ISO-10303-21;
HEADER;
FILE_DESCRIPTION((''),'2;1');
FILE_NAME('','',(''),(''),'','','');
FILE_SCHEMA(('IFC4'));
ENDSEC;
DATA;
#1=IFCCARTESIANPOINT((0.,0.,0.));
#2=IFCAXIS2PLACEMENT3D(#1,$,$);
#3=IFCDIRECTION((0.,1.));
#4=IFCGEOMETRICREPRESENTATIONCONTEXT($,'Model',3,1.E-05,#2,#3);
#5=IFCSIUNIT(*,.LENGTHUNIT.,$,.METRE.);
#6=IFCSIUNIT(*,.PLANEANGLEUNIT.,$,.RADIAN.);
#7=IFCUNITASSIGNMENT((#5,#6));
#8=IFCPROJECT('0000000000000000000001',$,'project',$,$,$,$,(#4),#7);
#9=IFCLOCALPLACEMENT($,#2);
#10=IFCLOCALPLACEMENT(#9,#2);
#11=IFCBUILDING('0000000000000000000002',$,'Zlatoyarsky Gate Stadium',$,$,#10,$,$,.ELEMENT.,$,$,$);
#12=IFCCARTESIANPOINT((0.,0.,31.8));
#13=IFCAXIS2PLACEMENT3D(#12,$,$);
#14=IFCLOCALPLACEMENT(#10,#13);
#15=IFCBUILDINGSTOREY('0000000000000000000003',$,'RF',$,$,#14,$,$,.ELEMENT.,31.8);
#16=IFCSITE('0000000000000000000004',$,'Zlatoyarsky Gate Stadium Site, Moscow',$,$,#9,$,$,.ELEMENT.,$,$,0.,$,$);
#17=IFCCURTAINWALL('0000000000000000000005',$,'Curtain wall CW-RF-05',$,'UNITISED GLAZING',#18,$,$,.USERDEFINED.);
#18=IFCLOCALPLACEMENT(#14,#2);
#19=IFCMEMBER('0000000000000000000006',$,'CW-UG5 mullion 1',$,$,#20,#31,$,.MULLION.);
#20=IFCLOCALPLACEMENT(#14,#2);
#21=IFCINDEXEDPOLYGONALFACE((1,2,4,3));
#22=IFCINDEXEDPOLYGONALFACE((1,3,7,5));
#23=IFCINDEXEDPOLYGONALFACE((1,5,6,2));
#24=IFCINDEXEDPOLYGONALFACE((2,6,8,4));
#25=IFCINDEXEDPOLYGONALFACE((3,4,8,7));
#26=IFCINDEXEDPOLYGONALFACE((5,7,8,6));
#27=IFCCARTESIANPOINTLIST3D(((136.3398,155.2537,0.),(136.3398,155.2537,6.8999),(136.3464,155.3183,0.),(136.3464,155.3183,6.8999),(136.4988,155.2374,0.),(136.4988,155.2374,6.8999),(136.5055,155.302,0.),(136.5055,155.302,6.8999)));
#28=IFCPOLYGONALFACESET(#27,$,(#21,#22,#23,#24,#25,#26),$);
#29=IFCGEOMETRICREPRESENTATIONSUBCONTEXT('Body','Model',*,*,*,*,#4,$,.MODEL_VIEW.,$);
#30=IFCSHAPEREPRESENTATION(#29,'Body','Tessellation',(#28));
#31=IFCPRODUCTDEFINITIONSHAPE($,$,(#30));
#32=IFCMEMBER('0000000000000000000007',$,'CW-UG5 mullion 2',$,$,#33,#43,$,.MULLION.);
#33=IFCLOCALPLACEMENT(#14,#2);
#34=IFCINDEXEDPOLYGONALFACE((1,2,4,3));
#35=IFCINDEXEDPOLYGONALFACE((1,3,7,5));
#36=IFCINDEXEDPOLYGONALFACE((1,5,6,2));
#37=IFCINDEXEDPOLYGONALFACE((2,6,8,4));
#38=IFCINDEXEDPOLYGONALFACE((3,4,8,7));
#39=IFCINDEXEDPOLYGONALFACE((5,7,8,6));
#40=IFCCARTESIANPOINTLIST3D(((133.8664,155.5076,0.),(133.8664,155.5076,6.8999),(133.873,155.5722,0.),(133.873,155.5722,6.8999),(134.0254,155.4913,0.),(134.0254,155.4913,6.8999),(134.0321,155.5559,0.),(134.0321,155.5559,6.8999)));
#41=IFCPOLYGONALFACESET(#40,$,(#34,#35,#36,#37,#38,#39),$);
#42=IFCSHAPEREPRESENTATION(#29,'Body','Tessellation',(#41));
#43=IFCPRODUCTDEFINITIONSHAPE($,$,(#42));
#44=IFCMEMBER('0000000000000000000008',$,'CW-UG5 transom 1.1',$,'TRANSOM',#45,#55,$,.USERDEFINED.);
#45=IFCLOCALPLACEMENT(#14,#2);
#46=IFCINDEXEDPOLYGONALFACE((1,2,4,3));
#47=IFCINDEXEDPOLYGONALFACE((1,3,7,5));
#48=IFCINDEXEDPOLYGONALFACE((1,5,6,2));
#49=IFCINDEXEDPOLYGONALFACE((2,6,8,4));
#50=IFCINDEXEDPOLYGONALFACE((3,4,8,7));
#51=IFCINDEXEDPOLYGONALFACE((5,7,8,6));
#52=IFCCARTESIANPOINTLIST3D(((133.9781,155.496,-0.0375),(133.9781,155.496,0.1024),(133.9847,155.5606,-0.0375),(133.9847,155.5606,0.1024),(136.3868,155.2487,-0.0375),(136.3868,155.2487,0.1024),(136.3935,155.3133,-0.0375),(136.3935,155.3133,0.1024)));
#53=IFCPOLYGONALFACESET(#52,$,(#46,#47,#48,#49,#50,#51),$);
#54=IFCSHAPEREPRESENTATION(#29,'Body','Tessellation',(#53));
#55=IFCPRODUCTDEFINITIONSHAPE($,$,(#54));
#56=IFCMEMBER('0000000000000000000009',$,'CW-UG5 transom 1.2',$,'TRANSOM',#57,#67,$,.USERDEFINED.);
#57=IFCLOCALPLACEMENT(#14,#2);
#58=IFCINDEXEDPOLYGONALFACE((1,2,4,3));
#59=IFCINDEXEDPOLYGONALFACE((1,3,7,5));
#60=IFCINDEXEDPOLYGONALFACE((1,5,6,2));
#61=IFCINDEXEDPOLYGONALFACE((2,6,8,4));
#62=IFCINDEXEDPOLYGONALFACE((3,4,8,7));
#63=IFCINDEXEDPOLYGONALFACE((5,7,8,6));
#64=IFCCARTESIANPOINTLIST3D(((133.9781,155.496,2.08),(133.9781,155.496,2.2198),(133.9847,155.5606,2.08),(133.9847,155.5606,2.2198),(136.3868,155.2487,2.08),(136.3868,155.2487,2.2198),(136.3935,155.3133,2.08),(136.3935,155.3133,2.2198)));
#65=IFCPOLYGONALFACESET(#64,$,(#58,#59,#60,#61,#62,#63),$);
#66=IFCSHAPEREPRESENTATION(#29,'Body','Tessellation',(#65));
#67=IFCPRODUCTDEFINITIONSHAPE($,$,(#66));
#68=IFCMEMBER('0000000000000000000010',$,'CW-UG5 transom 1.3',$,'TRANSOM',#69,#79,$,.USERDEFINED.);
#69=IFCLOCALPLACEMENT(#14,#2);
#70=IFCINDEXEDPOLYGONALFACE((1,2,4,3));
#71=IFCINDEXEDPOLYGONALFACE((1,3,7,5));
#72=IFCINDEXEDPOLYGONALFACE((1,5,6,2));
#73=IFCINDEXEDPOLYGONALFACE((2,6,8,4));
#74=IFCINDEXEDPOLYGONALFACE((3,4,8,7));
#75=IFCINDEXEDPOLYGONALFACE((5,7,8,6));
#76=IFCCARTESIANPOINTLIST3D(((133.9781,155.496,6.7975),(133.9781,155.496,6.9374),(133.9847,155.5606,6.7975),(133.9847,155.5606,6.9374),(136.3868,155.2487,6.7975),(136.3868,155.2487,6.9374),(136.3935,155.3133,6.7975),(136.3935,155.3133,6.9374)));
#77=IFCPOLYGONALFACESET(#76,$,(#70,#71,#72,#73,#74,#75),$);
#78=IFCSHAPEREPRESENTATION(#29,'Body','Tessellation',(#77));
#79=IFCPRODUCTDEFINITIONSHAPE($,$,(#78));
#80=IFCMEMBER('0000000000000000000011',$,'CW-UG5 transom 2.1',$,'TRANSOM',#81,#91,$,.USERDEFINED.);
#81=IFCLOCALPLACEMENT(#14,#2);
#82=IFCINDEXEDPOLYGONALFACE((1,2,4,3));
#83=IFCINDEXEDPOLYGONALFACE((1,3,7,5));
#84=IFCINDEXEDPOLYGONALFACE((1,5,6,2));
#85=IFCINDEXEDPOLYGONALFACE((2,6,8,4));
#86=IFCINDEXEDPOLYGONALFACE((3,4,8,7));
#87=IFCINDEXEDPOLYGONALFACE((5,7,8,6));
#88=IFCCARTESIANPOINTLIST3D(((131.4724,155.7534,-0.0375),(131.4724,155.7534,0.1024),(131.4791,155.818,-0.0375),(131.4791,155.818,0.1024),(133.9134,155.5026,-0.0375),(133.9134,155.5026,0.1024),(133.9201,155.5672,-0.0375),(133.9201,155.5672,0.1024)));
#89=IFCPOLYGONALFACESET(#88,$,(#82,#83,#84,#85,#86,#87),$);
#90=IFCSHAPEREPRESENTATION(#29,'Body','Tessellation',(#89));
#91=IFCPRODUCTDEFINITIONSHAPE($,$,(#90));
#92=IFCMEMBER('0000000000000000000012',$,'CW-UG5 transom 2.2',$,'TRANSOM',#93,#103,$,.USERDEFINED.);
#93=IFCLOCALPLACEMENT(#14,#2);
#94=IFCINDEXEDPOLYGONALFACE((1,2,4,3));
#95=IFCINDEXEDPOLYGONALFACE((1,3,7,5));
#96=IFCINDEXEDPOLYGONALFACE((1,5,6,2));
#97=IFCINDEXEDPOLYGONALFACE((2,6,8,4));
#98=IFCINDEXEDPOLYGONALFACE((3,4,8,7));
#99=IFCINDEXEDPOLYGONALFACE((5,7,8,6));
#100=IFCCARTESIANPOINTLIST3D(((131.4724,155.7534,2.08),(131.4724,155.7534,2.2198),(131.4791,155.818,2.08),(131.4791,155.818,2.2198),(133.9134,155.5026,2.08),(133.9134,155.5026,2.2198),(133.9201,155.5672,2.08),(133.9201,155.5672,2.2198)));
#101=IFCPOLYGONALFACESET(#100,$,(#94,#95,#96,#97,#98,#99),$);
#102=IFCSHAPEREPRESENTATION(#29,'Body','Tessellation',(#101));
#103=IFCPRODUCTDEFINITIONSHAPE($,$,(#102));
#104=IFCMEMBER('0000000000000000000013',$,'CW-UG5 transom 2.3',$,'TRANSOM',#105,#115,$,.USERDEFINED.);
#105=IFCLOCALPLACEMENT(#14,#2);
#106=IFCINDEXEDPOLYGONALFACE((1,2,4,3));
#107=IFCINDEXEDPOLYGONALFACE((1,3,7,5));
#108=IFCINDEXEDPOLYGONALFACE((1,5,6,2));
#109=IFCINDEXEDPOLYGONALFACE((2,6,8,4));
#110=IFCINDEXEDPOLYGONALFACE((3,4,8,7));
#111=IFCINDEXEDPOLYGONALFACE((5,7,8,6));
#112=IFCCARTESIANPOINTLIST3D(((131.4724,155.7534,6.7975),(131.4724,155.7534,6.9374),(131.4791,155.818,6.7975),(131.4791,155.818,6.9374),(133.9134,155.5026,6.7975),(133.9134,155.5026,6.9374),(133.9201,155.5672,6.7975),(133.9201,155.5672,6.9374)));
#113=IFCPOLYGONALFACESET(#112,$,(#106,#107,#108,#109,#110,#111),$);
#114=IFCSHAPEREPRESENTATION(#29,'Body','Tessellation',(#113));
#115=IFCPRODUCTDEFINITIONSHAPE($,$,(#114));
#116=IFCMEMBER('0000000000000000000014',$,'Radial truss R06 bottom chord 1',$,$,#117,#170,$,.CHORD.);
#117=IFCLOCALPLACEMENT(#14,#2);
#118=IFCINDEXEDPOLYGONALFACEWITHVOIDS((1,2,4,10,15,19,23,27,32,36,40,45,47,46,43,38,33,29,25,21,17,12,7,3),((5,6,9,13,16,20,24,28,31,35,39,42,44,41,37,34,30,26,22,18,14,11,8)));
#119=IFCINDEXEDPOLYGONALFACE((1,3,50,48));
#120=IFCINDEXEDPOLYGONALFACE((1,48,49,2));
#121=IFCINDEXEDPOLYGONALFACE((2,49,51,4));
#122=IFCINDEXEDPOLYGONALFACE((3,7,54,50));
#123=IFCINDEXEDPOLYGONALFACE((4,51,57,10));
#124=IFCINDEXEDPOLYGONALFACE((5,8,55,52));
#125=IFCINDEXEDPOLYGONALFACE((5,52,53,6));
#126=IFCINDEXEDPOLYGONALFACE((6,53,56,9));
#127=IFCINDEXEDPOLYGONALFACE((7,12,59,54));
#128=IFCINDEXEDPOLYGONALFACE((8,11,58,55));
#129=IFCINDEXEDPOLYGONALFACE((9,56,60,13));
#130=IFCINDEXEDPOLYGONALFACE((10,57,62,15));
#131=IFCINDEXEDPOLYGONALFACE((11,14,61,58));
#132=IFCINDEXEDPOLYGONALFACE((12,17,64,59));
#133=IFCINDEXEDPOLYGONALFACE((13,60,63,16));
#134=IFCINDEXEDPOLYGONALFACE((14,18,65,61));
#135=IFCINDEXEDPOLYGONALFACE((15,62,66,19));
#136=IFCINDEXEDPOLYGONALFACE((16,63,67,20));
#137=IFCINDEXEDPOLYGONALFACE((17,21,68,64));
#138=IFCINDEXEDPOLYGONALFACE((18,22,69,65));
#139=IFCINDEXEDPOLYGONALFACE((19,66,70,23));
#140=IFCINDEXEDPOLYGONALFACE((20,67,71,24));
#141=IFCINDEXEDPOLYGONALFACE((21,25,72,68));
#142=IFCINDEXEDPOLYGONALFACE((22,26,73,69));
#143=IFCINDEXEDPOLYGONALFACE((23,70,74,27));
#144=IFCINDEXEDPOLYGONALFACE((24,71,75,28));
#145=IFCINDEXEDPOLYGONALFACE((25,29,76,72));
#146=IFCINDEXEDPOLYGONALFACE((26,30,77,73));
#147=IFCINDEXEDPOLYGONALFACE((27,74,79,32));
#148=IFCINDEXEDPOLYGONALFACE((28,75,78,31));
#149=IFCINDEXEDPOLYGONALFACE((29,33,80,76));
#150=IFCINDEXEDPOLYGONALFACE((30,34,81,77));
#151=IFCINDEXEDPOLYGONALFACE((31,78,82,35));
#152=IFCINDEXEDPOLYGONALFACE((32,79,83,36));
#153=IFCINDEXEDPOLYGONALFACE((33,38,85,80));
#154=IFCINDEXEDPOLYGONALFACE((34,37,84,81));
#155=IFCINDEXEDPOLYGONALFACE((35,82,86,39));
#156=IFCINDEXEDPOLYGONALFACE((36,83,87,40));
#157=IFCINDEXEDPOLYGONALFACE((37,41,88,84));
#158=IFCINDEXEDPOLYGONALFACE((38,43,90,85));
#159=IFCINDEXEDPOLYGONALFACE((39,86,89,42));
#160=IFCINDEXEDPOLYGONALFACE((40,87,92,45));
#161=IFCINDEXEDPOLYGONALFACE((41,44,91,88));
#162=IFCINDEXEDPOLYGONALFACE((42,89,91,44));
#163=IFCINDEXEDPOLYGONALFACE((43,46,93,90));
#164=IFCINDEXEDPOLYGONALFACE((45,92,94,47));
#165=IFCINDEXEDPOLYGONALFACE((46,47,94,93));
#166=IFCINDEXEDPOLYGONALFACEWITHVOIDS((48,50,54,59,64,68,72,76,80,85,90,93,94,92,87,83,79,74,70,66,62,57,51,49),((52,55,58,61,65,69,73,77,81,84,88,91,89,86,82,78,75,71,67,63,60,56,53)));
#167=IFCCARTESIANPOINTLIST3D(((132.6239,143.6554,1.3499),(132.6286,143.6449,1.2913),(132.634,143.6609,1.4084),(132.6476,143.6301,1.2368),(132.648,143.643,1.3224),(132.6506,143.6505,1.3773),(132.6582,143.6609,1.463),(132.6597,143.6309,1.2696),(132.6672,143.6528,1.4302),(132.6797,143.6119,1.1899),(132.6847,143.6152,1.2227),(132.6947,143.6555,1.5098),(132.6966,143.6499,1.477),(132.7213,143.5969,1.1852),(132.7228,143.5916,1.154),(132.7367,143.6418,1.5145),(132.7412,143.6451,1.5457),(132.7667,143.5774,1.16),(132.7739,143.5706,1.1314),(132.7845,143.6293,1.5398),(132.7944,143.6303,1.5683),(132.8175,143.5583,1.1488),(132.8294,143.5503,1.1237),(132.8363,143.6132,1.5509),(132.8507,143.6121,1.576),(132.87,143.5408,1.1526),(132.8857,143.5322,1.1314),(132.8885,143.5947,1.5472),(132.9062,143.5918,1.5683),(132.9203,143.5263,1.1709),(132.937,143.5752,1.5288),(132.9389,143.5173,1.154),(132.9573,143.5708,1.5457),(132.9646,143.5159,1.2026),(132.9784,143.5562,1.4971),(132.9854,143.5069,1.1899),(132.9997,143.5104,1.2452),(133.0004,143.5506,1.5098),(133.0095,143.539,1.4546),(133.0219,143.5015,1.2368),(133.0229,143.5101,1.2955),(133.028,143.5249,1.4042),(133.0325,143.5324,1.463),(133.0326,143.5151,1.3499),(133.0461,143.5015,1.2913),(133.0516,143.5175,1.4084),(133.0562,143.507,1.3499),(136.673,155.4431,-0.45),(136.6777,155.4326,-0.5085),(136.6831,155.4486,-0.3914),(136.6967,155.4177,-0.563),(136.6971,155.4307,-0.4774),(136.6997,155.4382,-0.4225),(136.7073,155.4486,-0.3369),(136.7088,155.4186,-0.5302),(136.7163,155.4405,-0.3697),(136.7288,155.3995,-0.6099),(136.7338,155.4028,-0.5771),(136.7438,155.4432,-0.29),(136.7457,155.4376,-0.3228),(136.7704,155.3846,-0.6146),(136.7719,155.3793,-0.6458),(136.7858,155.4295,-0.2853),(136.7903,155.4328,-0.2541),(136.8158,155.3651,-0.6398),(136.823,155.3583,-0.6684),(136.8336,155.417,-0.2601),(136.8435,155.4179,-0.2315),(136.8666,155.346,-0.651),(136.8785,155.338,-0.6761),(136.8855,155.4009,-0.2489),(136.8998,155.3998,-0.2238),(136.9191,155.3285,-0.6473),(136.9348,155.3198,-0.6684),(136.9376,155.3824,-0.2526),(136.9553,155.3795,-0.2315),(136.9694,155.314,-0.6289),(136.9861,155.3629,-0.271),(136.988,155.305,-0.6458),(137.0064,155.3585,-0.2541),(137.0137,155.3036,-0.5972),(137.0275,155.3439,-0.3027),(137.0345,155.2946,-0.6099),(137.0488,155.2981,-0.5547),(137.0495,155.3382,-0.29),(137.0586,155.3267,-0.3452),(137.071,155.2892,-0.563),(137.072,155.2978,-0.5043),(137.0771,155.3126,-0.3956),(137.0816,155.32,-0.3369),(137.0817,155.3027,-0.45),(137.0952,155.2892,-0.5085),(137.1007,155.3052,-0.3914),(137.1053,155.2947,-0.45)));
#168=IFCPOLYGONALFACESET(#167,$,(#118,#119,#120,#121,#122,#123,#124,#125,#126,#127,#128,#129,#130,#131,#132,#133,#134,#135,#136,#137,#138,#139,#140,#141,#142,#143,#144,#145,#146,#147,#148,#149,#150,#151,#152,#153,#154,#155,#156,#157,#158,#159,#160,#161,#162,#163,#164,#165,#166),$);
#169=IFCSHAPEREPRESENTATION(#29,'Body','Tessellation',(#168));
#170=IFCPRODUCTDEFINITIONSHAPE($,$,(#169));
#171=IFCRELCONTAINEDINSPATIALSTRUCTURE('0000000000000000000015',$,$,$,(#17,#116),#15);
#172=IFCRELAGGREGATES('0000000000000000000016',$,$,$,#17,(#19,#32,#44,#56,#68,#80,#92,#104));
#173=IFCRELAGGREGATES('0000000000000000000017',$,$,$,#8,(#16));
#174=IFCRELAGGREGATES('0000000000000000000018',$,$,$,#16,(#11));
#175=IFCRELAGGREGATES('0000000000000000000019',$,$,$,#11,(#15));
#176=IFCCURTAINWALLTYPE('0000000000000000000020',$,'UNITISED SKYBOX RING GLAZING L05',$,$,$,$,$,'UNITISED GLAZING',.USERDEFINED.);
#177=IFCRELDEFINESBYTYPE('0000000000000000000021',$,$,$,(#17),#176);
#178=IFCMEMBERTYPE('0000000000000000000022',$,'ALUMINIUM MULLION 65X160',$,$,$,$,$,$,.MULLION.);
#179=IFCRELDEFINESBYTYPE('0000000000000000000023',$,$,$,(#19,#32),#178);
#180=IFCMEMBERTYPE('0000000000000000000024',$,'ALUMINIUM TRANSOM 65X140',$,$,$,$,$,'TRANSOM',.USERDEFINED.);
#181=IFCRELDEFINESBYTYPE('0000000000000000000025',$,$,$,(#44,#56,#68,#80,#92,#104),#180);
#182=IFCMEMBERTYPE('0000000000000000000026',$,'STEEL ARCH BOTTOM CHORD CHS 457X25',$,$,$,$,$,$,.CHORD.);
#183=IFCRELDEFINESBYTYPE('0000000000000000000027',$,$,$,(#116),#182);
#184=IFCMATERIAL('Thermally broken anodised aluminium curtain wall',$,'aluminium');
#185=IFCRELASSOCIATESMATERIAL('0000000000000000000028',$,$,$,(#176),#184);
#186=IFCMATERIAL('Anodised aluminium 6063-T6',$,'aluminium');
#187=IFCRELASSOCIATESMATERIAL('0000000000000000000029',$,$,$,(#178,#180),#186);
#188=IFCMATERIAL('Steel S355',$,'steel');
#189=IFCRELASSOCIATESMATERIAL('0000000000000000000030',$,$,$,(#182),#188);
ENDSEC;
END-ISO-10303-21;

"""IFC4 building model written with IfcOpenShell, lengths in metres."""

from ifc_helpers import new_model, si_unit, direction, frame, origin, origin_2d, place, context, subcontext, project, spatial, rectangle, hollow_circle, extrude, material, material_profile, profile_set, type_object, element, aggregate, save


model = new_model("IFC4")

# Units and contexts
model_context = context("Model", 3, precision=1e-05, world=origin(), true_north=direction((0.0, 1.0)))
body_context = subcontext(model_context, "Body", "Model", "MODEL_VIEW")
ifc_project = project(units=[si_unit("LENGTHUNIT", "METRE"), si_unit("PLANEANGLEUNIT", "RADIAN")], contexts=[model_context])

# Site, building, storey
site_placement = place(None, origin())
site = spatial("IfcSite", under=ifc_project, at=site_placement, Name="Zlatoyarsky Gate Stadium Site, Moscow", CompositionType="ELEMENT", RefElevation=0.0)
building_placement = place(site_placement, origin())
building = spatial("IfcBuilding", under=site, at=building_placement, Name="Zlatoyarsky Gate Stadium", CompositionType="ELEMENT")
storey_placement = place(building_placement, frame((0.0, 0.0, 31.8)))
storey = spatial("IfcBuildingStorey", under=building, at=storey_placement, Name="RF", CompositionType="ELEMENT", Elevation=31.8)

# Curtain wall, members
ifc_material_1 = material(Name="Thermally broken anodised aluminium curtain wall", Category="aluminium")
curtain_wall_type = type_object("IfcCurtainWallType", Name="UNITISED SKYBOX RING GLAZING L05", ElementType="UNITISED GLAZING", PredefinedType="USERDEFINED", material=ifc_material_1)
curtain_wall_placement = place(storey_placement, origin())
curtain_wall = element("IfcCurtainWall", 1, at=curtain_wall_placement, inside=storey, type_object=curtain_wall_type, Name="Curtain wall CW-RF-05", ObjectType="UNITISED GLAZING", PredefinedType="USERDEFINED")
ifc_material_2 = material(Name="Anodised aluminium 6063-T6", Category="aluminium")
ifc_material_profile_1 = material_profile(ifc_material_2, rectangle(XDim=0.0649, YDim=0.1599, at=origin_2d()), Name="ALU 65X160")
ifc_profile_set_1 = profile_set([ifc_material_profile_1], Name="Anodised aluminium 6063-T6")
member_type_1 = type_object("IfcMemberType", Name="ALUMINIUM MULLION 65X160", PredefinedType="MULLION", material=ifc_profile_set_1)
member_1_placement = place(storey_placement, frame((136.4226, 155.2778, 0.0), z_axis=(0.0, 0.0, 1.0), x_axis=(-0.102125, -0.994772, 0.0)))
member_1 = element("IfcMember", 2, at=member_1_placement, type_object=member_type_1, Name="CW-UG5 mullion 1", PredefinedType="MULLION", context=body_context, shape_type="SweptSolid", body=[
    extrude(rectangle(XDim=0.0649, YDim=0.1599, at=origin_2d()), origin(), (0.0, 0.0, 1.0), 6.8999),
])
member_2_placement = place(storey_placement, frame((133.9492, 155.5317, 0.0), z_axis=(0.0, 0.0, 1.0), x_axis=(-0.102125, -0.994772, 0.0)))
member_2 = element("IfcMember", 3, at=member_2_placement, type_object=member_type_1, Name="CW-UG5 mullion 2", PredefinedType="MULLION", context=body_context, shape_type="SweptSolid", body=[
    extrude(rectangle(XDim=0.0649, YDim=0.1599, at=origin_2d()), origin(), (0.0, 0.0, 1.0), 6.8999),
])
ifc_material_profile_2 = material_profile(ifc_material_2, rectangle(XDim=0.0649, YDim=0.1399, at=origin_2d()), Name="ALU 65X140")
ifc_profile_set_2 = profile_set([ifc_material_profile_2], Name="Anodised aluminium 6063-T6")
member_type_2 = type_object("IfcMemberType", Name="ALUMINIUM TRANSOM 65X140", ElementType="TRANSOM", PredefinedType="USERDEFINED", material=ifc_profile_set_2)
member_3_placement = place(storey_placement, frame((136.3901, 155.281, 0.0325), z_axis=(-0.99477, 0.102139, 0.0), x_axis=(-0.102139, -0.99477, 0.0)))
member_3 = element("IfcMember", 4, at=member_3_placement, type_object=member_type_2, Name="CW-UG5 transom 1.1", ObjectType="TRANSOM", PredefinedType="USERDEFINED", context=body_context, shape_type="SweptSolid", body=[
    extrude(rectangle(XDim=0.0649, YDim=0.1399, at=origin_2d()), origin(), (0.0, 0.0, 1.0), 2.4214),
])
member_4_placement = place(storey_placement, frame((136.3901, 155.281, 2.1499), z_axis=(-0.99477, 0.102139, 0.0), x_axis=(-0.102139, -0.99477, 0.0)))
member_4 = element("IfcMember", 5, at=member_4_placement, type_object=member_type_2, Name="CW-UG5 transom 1.2", ObjectType="TRANSOM", PredefinedType="USERDEFINED", context=body_context, shape_type="SweptSolid", body=[
    extrude(rectangle(XDim=0.0649, YDim=0.1399, at=origin_2d()), origin(), (0.0, 0.0, 1.0), 2.4214),
])
member_5_placement = place(storey_placement, frame((136.3901, 155.281, 6.8674), z_axis=(-0.99477, 0.102139, 0.0), x_axis=(-0.102139, -0.99477, 0.0)))
member_5 = element("IfcMember", 6, at=member_5_placement, type_object=member_type_2, Name="CW-UG5 transom 1.3", ObjectType="TRANSOM", PredefinedType="USERDEFINED", context=body_context, shape_type="SweptSolid", body=[
    extrude(rectangle(XDim=0.0649, YDim=0.1399, at=origin_2d()), origin(), (0.0, 0.0, 1.0), 2.4214),
])
member_6_placement = place(storey_placement, frame((133.9167, 155.5349, 0.0325), z_axis=(-0.994766, 0.102183, 0.0), x_axis=(-0.102183, -0.994766, 0.0)))
member_6 = element("IfcMember", 7, at=member_6_placement, type_object=member_type_2, Name="CW-UG5 transom 2.1", ObjectType="TRANSOM", PredefinedType="USERDEFINED", context=body_context, shape_type="SweptSolid", body=[
    extrude(rectangle(XDim=0.0649, YDim=0.1399, at=origin_2d()), origin(), (0.0, 0.0, 1.0), 2.4539),
])
member_7_placement = place(storey_placement, frame((133.9167, 155.5349, 2.1499), z_axis=(-0.994766, 0.102183, 0.0), x_axis=(-0.102183, -0.994766, 0.0)))
member_7 = element("IfcMember", 8, at=member_7_placement, type_object=member_type_2, Name="CW-UG5 transom 2.2", ObjectType="TRANSOM", PredefinedType="USERDEFINED", context=body_context, shape_type="SweptSolid", body=[
    extrude(rectangle(XDim=0.0649, YDim=0.1399, at=origin_2d()), origin(), (0.0, 0.0, 1.0), 2.4539),
])
member_8_placement = place(storey_placement, frame((133.9167, 155.5349, 6.8674), z_axis=(-0.994766, 0.102183, 0.0), x_axis=(-0.102183, -0.994766, 0.0)))
member_8 = element("IfcMember", 9, at=member_8_placement, type_object=member_type_2, Name="CW-UG5 transom 2.3", ObjectType="TRANSOM", PredefinedType="USERDEFINED", context=body_context, shape_type="SweptSolid", body=[
    extrude(rectangle(XDim=0.0649, YDim=0.1399, at=origin_2d()), origin(), (0.0, 0.0, 1.0), 2.4539),
])

# Member
ifc_material_3 = material(Name="Steel S355", Category="steel")
ifc_material_profile_3 = material_profile(ifc_material_3, hollow_circle(Radius=0.2285, WallThickness=0.0249, at=origin_2d()), Name="CHS 457X25")
ifc_profile_set_3 = profile_set([ifc_material_profile_3], Name="Steel S355")
member_type_3 = type_object("IfcMemberType", Name="STEEL ARCH BOTTOM CHORD CHS 457X25", PredefinedType="CHORD", material=ifc_profile_set_3)
member_9_placement = place(storey_placement, frame((136.8892, 155.3689, -0.45), z_axis=(-0.321536, -0.936049, 0.142922), x_axis=(0.945758, -0.324871, 0.0)))
element("IfcMember", 10, at=member_9_placement, inside=storey, type_object=member_type_3, Name="Radial truss R06 bottom chord 1", PredefinedType="CHORD", context=body_context, shape_type="SweptSolid", body=[
    extrude(hollow_circle(Radius=0.2285, WallThickness=0.0249, at=origin_2d()), origin(), (0.0, 0.0, 1.0), 12.593),
])

aggregate(curtain_wall, [member_1, member_2, member_3, member_4, member_5, member_6, member_7, member_8])

save(model, "model.ifc")
